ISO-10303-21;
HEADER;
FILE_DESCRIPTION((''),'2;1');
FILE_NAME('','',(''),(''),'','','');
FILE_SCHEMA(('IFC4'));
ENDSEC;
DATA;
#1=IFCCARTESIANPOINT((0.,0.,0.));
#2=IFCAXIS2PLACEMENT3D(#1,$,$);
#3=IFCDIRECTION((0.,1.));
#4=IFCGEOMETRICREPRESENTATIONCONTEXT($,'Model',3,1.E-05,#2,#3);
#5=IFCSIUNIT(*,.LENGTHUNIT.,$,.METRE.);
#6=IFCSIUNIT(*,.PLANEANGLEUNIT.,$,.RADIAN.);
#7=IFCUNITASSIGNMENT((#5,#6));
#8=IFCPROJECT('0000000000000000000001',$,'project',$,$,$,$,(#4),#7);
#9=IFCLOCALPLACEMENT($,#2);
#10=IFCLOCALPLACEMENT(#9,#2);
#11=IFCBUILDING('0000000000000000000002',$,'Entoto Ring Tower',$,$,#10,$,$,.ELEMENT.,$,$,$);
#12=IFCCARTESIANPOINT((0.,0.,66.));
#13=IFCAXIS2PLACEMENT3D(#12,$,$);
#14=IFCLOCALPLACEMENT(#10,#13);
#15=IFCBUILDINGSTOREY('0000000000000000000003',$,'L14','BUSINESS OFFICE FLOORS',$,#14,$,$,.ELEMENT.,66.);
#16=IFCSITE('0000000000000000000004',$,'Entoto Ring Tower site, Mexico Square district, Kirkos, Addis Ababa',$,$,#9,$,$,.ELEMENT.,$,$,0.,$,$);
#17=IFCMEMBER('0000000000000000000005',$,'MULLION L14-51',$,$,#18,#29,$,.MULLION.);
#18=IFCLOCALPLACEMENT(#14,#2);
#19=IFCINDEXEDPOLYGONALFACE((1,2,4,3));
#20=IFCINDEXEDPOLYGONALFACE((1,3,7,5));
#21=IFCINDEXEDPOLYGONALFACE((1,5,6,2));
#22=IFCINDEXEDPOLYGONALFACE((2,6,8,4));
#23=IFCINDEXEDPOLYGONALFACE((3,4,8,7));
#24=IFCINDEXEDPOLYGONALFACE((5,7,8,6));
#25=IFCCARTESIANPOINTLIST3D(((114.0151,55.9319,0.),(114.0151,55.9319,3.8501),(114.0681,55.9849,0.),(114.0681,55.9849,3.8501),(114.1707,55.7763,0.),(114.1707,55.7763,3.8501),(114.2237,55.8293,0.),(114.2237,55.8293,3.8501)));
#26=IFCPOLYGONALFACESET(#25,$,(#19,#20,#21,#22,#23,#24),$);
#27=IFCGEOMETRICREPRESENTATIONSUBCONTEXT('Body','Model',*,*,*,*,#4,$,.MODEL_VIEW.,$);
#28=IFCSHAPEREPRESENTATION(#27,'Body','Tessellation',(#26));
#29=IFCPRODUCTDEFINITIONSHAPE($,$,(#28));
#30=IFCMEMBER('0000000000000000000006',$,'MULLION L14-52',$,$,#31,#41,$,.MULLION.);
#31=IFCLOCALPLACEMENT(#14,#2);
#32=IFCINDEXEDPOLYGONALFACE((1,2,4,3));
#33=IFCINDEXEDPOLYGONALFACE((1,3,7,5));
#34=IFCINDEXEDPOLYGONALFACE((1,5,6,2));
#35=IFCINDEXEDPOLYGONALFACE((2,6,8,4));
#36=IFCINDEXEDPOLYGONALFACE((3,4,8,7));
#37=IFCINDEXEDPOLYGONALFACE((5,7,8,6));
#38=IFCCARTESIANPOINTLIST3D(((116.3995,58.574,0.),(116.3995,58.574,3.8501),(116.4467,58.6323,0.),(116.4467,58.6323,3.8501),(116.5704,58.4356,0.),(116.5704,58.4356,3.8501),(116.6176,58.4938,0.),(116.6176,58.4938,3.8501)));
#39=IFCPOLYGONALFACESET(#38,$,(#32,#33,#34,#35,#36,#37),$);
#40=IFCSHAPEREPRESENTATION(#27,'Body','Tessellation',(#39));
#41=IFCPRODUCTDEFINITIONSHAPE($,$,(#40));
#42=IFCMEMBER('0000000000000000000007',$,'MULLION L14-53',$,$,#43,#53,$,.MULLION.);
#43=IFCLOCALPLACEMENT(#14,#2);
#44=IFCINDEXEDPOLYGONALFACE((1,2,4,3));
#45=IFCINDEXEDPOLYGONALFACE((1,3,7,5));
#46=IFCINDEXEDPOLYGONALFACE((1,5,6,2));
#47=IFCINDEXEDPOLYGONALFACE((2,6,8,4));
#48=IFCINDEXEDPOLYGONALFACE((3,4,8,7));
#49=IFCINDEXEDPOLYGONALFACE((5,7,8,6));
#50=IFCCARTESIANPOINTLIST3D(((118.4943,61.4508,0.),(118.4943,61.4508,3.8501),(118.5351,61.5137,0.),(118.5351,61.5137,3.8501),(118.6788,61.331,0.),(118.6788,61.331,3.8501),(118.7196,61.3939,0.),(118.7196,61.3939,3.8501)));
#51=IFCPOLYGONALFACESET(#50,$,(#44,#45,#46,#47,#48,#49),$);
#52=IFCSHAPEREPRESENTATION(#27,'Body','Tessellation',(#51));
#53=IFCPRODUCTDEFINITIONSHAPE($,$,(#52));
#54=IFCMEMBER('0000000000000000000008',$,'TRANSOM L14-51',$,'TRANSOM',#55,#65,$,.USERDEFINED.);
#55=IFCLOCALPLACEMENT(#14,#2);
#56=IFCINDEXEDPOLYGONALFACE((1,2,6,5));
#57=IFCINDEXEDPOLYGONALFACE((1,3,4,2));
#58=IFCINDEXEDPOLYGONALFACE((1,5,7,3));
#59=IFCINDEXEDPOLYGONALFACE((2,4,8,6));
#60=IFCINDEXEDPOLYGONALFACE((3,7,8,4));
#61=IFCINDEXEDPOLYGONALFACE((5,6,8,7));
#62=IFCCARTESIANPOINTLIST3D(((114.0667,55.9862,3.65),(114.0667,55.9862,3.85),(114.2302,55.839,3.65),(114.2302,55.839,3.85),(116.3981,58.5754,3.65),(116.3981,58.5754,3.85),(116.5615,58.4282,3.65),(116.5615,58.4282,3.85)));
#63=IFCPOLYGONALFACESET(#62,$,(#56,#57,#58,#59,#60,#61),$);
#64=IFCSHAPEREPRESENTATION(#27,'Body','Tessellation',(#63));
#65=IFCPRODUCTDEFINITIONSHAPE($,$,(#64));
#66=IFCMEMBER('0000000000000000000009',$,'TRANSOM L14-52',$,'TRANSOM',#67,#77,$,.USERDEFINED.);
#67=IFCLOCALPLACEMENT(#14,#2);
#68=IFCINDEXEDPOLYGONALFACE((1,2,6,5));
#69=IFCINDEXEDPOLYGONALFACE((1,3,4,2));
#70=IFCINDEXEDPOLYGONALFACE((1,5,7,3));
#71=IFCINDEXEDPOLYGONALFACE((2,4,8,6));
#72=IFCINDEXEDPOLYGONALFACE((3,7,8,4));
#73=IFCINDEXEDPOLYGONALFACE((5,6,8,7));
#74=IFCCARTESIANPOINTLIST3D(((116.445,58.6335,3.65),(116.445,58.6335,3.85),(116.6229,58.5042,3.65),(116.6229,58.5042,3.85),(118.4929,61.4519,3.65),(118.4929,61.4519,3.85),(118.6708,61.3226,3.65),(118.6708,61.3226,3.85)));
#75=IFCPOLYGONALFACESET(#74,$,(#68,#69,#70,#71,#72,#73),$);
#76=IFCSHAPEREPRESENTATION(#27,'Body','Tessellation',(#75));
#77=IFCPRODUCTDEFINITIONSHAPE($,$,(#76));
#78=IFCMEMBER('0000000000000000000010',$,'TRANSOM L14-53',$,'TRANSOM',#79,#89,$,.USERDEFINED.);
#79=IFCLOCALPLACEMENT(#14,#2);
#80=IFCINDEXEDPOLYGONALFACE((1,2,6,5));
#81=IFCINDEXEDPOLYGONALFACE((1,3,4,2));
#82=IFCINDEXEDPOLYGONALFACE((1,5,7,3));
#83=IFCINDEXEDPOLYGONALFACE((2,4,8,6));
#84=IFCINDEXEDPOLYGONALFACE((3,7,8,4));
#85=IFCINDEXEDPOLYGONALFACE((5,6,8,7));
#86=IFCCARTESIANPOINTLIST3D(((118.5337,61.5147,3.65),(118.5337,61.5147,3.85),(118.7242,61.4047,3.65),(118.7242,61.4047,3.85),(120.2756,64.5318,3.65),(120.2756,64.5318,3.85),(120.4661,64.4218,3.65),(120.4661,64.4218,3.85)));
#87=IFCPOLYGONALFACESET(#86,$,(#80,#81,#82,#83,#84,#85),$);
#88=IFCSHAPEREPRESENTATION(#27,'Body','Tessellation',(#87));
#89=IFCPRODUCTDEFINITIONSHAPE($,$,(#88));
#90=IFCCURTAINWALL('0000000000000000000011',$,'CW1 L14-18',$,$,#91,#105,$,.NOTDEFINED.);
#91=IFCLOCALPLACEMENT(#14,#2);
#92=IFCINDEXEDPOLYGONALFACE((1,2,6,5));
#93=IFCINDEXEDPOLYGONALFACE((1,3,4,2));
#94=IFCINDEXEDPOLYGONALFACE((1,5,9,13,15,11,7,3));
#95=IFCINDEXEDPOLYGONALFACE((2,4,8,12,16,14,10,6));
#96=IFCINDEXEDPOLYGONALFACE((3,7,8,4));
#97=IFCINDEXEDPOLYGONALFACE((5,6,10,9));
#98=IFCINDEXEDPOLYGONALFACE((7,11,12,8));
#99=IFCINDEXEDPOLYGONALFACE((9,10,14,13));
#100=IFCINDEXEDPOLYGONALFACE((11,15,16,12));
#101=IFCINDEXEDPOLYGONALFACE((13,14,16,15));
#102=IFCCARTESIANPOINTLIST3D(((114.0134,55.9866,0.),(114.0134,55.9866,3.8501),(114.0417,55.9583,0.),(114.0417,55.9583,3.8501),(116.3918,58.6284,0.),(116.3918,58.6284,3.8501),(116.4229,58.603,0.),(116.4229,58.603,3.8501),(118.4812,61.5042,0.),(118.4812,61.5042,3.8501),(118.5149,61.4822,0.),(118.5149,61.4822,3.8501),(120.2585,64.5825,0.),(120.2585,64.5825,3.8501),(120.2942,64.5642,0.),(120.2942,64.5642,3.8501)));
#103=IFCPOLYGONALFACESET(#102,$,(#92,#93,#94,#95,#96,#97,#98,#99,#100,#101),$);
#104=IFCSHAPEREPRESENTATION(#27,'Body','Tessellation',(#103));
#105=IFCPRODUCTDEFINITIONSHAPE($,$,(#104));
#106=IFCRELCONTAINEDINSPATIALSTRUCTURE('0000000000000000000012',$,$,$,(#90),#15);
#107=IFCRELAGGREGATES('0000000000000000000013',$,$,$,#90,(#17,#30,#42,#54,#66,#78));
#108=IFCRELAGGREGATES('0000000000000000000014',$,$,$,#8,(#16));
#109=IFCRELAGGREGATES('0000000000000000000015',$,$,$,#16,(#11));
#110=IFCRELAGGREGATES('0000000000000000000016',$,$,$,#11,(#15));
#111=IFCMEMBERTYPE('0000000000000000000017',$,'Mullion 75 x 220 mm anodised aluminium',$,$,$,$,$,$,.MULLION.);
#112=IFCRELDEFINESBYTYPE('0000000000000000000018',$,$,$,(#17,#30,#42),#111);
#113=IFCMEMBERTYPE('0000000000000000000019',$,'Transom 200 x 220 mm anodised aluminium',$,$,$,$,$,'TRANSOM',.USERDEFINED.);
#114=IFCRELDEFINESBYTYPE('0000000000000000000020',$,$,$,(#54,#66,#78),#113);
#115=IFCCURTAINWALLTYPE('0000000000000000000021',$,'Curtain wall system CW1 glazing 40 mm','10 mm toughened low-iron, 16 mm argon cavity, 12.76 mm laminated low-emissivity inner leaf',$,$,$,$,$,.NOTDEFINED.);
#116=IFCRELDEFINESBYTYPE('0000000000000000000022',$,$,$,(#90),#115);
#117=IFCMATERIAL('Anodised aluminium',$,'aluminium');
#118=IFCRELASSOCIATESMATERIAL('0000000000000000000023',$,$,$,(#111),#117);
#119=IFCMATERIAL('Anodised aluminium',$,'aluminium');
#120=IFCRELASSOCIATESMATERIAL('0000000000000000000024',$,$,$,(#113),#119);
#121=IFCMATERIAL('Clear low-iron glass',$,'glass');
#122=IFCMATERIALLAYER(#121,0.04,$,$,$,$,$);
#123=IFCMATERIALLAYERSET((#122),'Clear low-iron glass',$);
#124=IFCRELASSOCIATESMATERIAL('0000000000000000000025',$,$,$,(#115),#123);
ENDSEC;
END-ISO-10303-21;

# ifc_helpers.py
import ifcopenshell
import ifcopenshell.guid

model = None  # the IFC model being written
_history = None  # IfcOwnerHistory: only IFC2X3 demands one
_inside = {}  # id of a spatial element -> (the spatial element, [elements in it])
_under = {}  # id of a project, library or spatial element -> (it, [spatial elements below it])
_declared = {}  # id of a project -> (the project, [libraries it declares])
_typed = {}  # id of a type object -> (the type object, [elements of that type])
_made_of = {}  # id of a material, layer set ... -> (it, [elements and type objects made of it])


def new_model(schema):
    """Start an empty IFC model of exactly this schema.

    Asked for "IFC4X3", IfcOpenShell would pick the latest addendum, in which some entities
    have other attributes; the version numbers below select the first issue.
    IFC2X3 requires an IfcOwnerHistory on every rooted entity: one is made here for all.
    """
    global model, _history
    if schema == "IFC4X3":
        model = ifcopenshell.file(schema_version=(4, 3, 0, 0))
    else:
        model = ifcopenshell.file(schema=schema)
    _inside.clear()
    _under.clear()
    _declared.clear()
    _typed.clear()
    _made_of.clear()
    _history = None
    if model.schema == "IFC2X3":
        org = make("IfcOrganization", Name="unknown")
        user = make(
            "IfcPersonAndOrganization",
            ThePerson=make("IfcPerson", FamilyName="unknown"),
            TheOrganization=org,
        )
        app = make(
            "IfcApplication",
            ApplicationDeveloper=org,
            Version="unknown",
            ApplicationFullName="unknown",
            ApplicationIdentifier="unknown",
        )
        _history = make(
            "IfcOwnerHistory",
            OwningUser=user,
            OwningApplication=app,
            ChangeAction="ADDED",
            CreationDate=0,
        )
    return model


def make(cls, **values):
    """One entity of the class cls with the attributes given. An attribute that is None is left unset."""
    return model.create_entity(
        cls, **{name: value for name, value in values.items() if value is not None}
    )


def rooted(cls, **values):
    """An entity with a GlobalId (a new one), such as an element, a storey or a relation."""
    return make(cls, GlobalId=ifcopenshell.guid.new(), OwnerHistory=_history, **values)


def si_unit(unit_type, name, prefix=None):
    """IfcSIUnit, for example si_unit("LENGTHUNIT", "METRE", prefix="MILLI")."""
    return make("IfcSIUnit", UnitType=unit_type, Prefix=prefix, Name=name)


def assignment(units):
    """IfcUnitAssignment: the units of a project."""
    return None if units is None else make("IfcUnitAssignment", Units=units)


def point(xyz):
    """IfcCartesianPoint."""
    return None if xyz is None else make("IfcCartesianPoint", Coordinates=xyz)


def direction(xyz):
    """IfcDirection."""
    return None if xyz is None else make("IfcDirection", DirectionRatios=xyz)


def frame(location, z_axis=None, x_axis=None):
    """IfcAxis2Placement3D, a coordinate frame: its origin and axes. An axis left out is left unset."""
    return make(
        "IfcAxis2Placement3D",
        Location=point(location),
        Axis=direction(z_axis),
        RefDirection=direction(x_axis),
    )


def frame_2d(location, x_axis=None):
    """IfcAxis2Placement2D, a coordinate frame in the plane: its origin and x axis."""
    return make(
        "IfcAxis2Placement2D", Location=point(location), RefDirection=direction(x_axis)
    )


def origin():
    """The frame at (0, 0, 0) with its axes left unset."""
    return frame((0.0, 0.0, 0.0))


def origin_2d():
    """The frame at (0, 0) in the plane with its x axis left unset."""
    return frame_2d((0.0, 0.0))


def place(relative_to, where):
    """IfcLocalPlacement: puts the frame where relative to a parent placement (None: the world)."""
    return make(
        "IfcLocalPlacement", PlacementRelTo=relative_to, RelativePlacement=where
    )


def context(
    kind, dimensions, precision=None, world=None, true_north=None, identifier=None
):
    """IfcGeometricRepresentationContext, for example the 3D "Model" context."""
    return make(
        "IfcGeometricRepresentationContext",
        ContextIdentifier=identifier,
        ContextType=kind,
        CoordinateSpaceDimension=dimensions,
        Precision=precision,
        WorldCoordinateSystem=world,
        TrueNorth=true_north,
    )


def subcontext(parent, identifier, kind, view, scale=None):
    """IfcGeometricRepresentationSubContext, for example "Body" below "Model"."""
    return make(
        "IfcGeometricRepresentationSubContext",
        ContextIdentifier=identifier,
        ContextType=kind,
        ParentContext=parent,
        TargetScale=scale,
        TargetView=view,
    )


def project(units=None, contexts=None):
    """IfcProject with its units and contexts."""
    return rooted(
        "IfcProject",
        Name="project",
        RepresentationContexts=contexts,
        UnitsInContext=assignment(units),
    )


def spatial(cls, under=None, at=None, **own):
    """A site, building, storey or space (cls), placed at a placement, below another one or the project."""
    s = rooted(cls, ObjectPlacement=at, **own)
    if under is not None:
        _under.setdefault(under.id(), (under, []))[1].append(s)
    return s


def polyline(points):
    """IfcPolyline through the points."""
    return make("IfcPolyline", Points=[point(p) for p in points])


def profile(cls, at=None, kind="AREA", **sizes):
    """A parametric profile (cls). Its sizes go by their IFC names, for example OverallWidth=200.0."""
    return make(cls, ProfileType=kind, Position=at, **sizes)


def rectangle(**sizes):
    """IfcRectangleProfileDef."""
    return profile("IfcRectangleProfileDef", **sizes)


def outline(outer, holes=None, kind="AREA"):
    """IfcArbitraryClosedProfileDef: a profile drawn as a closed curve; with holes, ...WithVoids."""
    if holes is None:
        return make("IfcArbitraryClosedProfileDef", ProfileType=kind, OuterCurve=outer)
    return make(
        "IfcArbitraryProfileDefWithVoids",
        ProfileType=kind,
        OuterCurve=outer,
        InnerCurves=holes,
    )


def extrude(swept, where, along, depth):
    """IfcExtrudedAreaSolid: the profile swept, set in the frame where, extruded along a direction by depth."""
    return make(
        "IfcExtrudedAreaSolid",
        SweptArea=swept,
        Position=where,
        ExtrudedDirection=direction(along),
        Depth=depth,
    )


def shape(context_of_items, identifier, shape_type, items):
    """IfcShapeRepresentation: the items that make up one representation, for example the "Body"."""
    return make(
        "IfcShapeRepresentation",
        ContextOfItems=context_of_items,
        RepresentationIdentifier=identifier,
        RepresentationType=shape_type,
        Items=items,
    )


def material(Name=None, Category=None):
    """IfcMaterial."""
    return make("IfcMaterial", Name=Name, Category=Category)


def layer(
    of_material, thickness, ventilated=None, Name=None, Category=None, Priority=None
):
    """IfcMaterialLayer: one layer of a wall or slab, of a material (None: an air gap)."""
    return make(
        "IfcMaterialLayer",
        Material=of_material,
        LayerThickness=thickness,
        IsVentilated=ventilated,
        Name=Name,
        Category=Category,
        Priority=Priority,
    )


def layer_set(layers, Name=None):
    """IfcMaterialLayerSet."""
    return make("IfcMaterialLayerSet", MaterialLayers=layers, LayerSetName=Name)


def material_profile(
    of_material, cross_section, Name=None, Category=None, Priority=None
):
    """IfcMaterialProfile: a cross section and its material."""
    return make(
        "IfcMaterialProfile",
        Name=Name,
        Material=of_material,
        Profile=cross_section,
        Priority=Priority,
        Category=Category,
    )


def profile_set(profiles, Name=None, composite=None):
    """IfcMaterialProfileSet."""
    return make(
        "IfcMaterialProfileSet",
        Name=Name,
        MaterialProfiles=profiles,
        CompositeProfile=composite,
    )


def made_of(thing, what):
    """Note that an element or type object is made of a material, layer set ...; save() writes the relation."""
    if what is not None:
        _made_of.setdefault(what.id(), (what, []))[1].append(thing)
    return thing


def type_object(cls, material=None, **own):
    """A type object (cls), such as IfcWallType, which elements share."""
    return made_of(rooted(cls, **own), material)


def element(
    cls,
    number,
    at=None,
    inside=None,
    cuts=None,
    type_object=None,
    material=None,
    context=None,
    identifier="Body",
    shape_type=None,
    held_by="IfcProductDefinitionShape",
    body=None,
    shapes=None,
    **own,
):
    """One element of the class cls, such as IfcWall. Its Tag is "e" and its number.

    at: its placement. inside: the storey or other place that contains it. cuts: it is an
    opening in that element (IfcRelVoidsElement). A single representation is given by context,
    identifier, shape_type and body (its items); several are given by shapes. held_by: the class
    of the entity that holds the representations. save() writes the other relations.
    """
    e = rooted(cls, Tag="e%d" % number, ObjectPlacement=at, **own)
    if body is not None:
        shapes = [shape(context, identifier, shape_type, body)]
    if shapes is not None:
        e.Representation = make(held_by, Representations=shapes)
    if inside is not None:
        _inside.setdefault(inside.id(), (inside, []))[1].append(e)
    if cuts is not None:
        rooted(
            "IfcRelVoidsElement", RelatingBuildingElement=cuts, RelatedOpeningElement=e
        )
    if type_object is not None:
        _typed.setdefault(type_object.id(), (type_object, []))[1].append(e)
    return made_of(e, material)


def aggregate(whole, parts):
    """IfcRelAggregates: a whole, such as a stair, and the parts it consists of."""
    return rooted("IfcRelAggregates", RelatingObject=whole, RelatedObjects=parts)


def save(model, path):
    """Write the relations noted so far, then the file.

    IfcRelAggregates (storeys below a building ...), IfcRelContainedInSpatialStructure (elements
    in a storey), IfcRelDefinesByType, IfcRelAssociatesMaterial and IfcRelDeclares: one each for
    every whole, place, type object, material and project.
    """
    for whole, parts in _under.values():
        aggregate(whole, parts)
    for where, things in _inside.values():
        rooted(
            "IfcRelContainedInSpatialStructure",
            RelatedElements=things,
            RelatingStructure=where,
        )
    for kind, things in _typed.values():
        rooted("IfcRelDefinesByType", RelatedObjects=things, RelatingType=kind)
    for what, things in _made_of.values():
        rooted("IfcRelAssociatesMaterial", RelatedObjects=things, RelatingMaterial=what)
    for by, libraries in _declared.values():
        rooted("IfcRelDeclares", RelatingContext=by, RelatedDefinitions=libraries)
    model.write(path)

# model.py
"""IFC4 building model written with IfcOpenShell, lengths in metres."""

from ifc_helpers import new_model, si_unit, direction, frame, origin, origin_2d, place, context, subcontext, project, spatial, polyline, rectangle, outline, extrude, material, layer, layer_set, material_profile, profile_set, type_object, element, aggregate, save


model = new_model("IFC4")

# Units and contexts
model_context = context("Model", 3, precision=1e-05, world=origin(), true_north=direction((0.0, 1.0)))
body_context = subcontext(model_context, "Body", "Model", "MODEL_VIEW")
ifc_project = project(units=[si_unit("LENGTHUNIT", "METRE"), si_unit("PLANEANGLEUNIT", "RADIAN")], contexts=[model_context])

# Members
ifc_material_1 = material(Name="Anodised aluminium", Category="aluminium")
ifc_material_profile_1 = material_profile(ifc_material_1, rectangle(XDim=0.075, YDim=0.22, at=origin_2d()), Name="Mullion 75 x 220 mm anodised aluminium")
ifc_profile_set_1 = profile_set([ifc_material_profile_1], Name="Anodised aluminium")
member_type_1 = type_object("IfcMemberType", Name="Mullion 75 x 220 mm anodised aluminium", PredefinedType="MULLION", material=ifc_profile_set_1)
site_placement = place(None, origin())
building_placement = place(site_placement, origin())
storey_placement = place(building_placement, frame((0.0, 0.0, 66.0)))
member_1_placement = place(storey_placement, frame((114.1194, 55.8806, 0.0), z_axis=(0.0, 0.0, 1.0), x_axis=(0.707107, 0.707107, 0.0)))
member_1 = element("IfcMember", 1, at=member_1_placement, type_object=member_type_1, Name="MULLION L14-51", PredefinedType="MULLION", context=body_context, shape_type="SweptSolid", body=[
    extrude(rectangle(XDim=0.075, YDim=0.22, at=origin_2d()), origin(), (0.0, 0.0, 1.0), 3.8501),
])
member_2_placement = place(storey_placement, frame((116.5085, 58.5339, 0.0), z_axis=(0.0, 0.0, 1.0), x_axis=(0.62932, 0.777146, 0.0)))
member_2 = element("IfcMember", 2, at=member_2_placement, type_object=member_type_1, Name="MULLION L14-52", PredefinedType="MULLION", context=body_context, shape_type="SweptSolid", body=[
    extrude(rectangle(XDim=0.075, YDim=0.22, at=origin_2d()), origin(), (0.0, 0.0, 1.0), 3.8501),
])
member_3_placement = place(storey_placement, frame((118.6069, 61.4224, 0.0), z_axis=(0.0, 0.0, 1.0), x_axis=(0.544639, 0.838671, 0.0)))
member_3 = element("IfcMember", 3, at=member_3_placement, type_object=member_type_1, Name="MULLION L14-53", PredefinedType="MULLION", context=body_context, shape_type="SweptSolid", body=[
    extrude(rectangle(XDim=0.075, YDim=0.22, at=origin_2d()), origin(), (0.0, 0.0, 1.0), 3.8501),
])
ifc_material_2 = material(Name="Anodised aluminium", Category="aluminium")
ifc_material_profile_2 = material_profile(ifc_material_2, rectangle(XDim=0.22, YDim=0.2, at=origin_2d()), Name="Transom 200 x 220 mm anodised aluminium")
ifc_profile_set_2 = profile_set([ifc_material_profile_2], Name="Anodised aluminium")
member_type_2 = type_object("IfcMemberType", Name="Transom 200 x 220 mm anodised aluminium", ElementType="TRANSOM", PredefinedType="USERDEFINED", material=ifc_profile_set_2)
member_4_placement = place(storey_placement, frame((114.1484, 55.9126, 3.75), z_axis=(0.669139, 0.743137, 0.0), x_axis=(-0.743137, 0.669139, 0.0)))
member_4 = element("IfcMember", 4, at=member_4_placement, type_object=member_type_2, Name="TRANSOM L14-51", ObjectType="TRANSOM", PredefinedType="USERDEFINED", context=body_context, shape_type="SweptSolid", body=[
    extrude(rectangle(XDim=0.22, YDim=0.2, at=origin_2d()), origin(), (0.0, 0.0, 1.0), 3.4841),
])
member_5_placement = place(storey_placement, frame((116.5339, 58.5688, 3.75), z_axis=(0.587822, 0.808991, 0.0), x_axis=(-0.808991, 0.587822, 0.0)))
member_5 = element("IfcMember", 5, at=member_5_placement, type_object=member_type_2, Name="TRANSOM L14-52", ObjectType="TRANSOM", PredefinedType="USERDEFINED", context=body_context, shape_type="SweptSolid", body=[
    extrude(rectangle(XDim=0.22, YDim=0.2, at=origin_2d()), origin(), (0.0, 0.0, 1.0), 3.4839),
])
member_6_placement = place(storey_placement, frame((118.6289, 61.4597, 3.75), z_axis=(0.500006, 0.866022, 0.0), x_axis=(-0.866022, 0.500006, 0.0)))
member_6 = element("IfcMember", 6, at=member_6_placement, type_object=member_type_2, Name="TRANSOM L14-53", ObjectType="TRANSOM", PredefinedType="USERDEFINED", context=body_context, shape_type="SweptSolid", body=[
    extrude(rectangle(XDim=0.22, YDim=0.2, at=origin_2d()), origin(), (0.0, 0.0, 1.0), 3.4839),
])

# Site, building, storey
site = spatial("IfcSite", under=ifc_project, at=site_placement, Name="Entoto Ring Tower site, Mexico Square district, Kirkos, Addis Ababa", CompositionType="ELEMENT", RefElevation=0.0)
building = spatial("IfcBuilding", under=site, at=building_placement, Name="Entoto Ring Tower", CompositionType="ELEMENT")
storey = spatial("IfcBuildingStorey", under=building, at=storey_placement, Name="L14", Description="BUSINESS OFFICE FLOORS", CompositionType="ELEMENT", Elevation=66.0)

# Curtain wall
ifc_material_3 = material(Name="Clear low-iron glass", Category="glass")
ifc_layer_1 = layer(ifc_material_3, 0.04)
ifc_layer_set_1 = layer_set([ifc_layer_1], Name="Clear low-iron glass")
curtain_wall_type = type_object("IfcCurtainWallType", Name="Curtain wall system CW1 glazing 40 mm", Description="10 mm toughened low-iron, 16 mm argon cavity, 12.76 mm laminated low-emissivity inner leaf", PredefinedType="NOTDEFINED", material=ifc_layer_set_1)
curtain_wall_1_placement = place(storey_placement, origin())
curtain_wall_1 = element("IfcCurtainWall", 7, at=curtain_wall_1_placement, inside=storey, type_object=curtain_wall_type, Name="CW1 L14-18", PredefinedType="NOTDEFINED", context=body_context, shape_type="SweptSolid", body=[
    extrude(outline(polyline([(114.0417, 55.9583), (116.4229, 58.603), (118.5149, 61.4822), (120.2942, 64.5642), (120.2585, 64.5825), (118.4812, 61.5042), (116.3918, 58.6284), (114.0134, 55.9866), (114.0417, 55.9583)])), origin(), (0.0, 0.0, 1.0), 3.8501),
])
aggregate(curtain_wall_1, [member_1, member_2, member_3, member_4, member_5, member_6])

save(model, "model.ifc")
